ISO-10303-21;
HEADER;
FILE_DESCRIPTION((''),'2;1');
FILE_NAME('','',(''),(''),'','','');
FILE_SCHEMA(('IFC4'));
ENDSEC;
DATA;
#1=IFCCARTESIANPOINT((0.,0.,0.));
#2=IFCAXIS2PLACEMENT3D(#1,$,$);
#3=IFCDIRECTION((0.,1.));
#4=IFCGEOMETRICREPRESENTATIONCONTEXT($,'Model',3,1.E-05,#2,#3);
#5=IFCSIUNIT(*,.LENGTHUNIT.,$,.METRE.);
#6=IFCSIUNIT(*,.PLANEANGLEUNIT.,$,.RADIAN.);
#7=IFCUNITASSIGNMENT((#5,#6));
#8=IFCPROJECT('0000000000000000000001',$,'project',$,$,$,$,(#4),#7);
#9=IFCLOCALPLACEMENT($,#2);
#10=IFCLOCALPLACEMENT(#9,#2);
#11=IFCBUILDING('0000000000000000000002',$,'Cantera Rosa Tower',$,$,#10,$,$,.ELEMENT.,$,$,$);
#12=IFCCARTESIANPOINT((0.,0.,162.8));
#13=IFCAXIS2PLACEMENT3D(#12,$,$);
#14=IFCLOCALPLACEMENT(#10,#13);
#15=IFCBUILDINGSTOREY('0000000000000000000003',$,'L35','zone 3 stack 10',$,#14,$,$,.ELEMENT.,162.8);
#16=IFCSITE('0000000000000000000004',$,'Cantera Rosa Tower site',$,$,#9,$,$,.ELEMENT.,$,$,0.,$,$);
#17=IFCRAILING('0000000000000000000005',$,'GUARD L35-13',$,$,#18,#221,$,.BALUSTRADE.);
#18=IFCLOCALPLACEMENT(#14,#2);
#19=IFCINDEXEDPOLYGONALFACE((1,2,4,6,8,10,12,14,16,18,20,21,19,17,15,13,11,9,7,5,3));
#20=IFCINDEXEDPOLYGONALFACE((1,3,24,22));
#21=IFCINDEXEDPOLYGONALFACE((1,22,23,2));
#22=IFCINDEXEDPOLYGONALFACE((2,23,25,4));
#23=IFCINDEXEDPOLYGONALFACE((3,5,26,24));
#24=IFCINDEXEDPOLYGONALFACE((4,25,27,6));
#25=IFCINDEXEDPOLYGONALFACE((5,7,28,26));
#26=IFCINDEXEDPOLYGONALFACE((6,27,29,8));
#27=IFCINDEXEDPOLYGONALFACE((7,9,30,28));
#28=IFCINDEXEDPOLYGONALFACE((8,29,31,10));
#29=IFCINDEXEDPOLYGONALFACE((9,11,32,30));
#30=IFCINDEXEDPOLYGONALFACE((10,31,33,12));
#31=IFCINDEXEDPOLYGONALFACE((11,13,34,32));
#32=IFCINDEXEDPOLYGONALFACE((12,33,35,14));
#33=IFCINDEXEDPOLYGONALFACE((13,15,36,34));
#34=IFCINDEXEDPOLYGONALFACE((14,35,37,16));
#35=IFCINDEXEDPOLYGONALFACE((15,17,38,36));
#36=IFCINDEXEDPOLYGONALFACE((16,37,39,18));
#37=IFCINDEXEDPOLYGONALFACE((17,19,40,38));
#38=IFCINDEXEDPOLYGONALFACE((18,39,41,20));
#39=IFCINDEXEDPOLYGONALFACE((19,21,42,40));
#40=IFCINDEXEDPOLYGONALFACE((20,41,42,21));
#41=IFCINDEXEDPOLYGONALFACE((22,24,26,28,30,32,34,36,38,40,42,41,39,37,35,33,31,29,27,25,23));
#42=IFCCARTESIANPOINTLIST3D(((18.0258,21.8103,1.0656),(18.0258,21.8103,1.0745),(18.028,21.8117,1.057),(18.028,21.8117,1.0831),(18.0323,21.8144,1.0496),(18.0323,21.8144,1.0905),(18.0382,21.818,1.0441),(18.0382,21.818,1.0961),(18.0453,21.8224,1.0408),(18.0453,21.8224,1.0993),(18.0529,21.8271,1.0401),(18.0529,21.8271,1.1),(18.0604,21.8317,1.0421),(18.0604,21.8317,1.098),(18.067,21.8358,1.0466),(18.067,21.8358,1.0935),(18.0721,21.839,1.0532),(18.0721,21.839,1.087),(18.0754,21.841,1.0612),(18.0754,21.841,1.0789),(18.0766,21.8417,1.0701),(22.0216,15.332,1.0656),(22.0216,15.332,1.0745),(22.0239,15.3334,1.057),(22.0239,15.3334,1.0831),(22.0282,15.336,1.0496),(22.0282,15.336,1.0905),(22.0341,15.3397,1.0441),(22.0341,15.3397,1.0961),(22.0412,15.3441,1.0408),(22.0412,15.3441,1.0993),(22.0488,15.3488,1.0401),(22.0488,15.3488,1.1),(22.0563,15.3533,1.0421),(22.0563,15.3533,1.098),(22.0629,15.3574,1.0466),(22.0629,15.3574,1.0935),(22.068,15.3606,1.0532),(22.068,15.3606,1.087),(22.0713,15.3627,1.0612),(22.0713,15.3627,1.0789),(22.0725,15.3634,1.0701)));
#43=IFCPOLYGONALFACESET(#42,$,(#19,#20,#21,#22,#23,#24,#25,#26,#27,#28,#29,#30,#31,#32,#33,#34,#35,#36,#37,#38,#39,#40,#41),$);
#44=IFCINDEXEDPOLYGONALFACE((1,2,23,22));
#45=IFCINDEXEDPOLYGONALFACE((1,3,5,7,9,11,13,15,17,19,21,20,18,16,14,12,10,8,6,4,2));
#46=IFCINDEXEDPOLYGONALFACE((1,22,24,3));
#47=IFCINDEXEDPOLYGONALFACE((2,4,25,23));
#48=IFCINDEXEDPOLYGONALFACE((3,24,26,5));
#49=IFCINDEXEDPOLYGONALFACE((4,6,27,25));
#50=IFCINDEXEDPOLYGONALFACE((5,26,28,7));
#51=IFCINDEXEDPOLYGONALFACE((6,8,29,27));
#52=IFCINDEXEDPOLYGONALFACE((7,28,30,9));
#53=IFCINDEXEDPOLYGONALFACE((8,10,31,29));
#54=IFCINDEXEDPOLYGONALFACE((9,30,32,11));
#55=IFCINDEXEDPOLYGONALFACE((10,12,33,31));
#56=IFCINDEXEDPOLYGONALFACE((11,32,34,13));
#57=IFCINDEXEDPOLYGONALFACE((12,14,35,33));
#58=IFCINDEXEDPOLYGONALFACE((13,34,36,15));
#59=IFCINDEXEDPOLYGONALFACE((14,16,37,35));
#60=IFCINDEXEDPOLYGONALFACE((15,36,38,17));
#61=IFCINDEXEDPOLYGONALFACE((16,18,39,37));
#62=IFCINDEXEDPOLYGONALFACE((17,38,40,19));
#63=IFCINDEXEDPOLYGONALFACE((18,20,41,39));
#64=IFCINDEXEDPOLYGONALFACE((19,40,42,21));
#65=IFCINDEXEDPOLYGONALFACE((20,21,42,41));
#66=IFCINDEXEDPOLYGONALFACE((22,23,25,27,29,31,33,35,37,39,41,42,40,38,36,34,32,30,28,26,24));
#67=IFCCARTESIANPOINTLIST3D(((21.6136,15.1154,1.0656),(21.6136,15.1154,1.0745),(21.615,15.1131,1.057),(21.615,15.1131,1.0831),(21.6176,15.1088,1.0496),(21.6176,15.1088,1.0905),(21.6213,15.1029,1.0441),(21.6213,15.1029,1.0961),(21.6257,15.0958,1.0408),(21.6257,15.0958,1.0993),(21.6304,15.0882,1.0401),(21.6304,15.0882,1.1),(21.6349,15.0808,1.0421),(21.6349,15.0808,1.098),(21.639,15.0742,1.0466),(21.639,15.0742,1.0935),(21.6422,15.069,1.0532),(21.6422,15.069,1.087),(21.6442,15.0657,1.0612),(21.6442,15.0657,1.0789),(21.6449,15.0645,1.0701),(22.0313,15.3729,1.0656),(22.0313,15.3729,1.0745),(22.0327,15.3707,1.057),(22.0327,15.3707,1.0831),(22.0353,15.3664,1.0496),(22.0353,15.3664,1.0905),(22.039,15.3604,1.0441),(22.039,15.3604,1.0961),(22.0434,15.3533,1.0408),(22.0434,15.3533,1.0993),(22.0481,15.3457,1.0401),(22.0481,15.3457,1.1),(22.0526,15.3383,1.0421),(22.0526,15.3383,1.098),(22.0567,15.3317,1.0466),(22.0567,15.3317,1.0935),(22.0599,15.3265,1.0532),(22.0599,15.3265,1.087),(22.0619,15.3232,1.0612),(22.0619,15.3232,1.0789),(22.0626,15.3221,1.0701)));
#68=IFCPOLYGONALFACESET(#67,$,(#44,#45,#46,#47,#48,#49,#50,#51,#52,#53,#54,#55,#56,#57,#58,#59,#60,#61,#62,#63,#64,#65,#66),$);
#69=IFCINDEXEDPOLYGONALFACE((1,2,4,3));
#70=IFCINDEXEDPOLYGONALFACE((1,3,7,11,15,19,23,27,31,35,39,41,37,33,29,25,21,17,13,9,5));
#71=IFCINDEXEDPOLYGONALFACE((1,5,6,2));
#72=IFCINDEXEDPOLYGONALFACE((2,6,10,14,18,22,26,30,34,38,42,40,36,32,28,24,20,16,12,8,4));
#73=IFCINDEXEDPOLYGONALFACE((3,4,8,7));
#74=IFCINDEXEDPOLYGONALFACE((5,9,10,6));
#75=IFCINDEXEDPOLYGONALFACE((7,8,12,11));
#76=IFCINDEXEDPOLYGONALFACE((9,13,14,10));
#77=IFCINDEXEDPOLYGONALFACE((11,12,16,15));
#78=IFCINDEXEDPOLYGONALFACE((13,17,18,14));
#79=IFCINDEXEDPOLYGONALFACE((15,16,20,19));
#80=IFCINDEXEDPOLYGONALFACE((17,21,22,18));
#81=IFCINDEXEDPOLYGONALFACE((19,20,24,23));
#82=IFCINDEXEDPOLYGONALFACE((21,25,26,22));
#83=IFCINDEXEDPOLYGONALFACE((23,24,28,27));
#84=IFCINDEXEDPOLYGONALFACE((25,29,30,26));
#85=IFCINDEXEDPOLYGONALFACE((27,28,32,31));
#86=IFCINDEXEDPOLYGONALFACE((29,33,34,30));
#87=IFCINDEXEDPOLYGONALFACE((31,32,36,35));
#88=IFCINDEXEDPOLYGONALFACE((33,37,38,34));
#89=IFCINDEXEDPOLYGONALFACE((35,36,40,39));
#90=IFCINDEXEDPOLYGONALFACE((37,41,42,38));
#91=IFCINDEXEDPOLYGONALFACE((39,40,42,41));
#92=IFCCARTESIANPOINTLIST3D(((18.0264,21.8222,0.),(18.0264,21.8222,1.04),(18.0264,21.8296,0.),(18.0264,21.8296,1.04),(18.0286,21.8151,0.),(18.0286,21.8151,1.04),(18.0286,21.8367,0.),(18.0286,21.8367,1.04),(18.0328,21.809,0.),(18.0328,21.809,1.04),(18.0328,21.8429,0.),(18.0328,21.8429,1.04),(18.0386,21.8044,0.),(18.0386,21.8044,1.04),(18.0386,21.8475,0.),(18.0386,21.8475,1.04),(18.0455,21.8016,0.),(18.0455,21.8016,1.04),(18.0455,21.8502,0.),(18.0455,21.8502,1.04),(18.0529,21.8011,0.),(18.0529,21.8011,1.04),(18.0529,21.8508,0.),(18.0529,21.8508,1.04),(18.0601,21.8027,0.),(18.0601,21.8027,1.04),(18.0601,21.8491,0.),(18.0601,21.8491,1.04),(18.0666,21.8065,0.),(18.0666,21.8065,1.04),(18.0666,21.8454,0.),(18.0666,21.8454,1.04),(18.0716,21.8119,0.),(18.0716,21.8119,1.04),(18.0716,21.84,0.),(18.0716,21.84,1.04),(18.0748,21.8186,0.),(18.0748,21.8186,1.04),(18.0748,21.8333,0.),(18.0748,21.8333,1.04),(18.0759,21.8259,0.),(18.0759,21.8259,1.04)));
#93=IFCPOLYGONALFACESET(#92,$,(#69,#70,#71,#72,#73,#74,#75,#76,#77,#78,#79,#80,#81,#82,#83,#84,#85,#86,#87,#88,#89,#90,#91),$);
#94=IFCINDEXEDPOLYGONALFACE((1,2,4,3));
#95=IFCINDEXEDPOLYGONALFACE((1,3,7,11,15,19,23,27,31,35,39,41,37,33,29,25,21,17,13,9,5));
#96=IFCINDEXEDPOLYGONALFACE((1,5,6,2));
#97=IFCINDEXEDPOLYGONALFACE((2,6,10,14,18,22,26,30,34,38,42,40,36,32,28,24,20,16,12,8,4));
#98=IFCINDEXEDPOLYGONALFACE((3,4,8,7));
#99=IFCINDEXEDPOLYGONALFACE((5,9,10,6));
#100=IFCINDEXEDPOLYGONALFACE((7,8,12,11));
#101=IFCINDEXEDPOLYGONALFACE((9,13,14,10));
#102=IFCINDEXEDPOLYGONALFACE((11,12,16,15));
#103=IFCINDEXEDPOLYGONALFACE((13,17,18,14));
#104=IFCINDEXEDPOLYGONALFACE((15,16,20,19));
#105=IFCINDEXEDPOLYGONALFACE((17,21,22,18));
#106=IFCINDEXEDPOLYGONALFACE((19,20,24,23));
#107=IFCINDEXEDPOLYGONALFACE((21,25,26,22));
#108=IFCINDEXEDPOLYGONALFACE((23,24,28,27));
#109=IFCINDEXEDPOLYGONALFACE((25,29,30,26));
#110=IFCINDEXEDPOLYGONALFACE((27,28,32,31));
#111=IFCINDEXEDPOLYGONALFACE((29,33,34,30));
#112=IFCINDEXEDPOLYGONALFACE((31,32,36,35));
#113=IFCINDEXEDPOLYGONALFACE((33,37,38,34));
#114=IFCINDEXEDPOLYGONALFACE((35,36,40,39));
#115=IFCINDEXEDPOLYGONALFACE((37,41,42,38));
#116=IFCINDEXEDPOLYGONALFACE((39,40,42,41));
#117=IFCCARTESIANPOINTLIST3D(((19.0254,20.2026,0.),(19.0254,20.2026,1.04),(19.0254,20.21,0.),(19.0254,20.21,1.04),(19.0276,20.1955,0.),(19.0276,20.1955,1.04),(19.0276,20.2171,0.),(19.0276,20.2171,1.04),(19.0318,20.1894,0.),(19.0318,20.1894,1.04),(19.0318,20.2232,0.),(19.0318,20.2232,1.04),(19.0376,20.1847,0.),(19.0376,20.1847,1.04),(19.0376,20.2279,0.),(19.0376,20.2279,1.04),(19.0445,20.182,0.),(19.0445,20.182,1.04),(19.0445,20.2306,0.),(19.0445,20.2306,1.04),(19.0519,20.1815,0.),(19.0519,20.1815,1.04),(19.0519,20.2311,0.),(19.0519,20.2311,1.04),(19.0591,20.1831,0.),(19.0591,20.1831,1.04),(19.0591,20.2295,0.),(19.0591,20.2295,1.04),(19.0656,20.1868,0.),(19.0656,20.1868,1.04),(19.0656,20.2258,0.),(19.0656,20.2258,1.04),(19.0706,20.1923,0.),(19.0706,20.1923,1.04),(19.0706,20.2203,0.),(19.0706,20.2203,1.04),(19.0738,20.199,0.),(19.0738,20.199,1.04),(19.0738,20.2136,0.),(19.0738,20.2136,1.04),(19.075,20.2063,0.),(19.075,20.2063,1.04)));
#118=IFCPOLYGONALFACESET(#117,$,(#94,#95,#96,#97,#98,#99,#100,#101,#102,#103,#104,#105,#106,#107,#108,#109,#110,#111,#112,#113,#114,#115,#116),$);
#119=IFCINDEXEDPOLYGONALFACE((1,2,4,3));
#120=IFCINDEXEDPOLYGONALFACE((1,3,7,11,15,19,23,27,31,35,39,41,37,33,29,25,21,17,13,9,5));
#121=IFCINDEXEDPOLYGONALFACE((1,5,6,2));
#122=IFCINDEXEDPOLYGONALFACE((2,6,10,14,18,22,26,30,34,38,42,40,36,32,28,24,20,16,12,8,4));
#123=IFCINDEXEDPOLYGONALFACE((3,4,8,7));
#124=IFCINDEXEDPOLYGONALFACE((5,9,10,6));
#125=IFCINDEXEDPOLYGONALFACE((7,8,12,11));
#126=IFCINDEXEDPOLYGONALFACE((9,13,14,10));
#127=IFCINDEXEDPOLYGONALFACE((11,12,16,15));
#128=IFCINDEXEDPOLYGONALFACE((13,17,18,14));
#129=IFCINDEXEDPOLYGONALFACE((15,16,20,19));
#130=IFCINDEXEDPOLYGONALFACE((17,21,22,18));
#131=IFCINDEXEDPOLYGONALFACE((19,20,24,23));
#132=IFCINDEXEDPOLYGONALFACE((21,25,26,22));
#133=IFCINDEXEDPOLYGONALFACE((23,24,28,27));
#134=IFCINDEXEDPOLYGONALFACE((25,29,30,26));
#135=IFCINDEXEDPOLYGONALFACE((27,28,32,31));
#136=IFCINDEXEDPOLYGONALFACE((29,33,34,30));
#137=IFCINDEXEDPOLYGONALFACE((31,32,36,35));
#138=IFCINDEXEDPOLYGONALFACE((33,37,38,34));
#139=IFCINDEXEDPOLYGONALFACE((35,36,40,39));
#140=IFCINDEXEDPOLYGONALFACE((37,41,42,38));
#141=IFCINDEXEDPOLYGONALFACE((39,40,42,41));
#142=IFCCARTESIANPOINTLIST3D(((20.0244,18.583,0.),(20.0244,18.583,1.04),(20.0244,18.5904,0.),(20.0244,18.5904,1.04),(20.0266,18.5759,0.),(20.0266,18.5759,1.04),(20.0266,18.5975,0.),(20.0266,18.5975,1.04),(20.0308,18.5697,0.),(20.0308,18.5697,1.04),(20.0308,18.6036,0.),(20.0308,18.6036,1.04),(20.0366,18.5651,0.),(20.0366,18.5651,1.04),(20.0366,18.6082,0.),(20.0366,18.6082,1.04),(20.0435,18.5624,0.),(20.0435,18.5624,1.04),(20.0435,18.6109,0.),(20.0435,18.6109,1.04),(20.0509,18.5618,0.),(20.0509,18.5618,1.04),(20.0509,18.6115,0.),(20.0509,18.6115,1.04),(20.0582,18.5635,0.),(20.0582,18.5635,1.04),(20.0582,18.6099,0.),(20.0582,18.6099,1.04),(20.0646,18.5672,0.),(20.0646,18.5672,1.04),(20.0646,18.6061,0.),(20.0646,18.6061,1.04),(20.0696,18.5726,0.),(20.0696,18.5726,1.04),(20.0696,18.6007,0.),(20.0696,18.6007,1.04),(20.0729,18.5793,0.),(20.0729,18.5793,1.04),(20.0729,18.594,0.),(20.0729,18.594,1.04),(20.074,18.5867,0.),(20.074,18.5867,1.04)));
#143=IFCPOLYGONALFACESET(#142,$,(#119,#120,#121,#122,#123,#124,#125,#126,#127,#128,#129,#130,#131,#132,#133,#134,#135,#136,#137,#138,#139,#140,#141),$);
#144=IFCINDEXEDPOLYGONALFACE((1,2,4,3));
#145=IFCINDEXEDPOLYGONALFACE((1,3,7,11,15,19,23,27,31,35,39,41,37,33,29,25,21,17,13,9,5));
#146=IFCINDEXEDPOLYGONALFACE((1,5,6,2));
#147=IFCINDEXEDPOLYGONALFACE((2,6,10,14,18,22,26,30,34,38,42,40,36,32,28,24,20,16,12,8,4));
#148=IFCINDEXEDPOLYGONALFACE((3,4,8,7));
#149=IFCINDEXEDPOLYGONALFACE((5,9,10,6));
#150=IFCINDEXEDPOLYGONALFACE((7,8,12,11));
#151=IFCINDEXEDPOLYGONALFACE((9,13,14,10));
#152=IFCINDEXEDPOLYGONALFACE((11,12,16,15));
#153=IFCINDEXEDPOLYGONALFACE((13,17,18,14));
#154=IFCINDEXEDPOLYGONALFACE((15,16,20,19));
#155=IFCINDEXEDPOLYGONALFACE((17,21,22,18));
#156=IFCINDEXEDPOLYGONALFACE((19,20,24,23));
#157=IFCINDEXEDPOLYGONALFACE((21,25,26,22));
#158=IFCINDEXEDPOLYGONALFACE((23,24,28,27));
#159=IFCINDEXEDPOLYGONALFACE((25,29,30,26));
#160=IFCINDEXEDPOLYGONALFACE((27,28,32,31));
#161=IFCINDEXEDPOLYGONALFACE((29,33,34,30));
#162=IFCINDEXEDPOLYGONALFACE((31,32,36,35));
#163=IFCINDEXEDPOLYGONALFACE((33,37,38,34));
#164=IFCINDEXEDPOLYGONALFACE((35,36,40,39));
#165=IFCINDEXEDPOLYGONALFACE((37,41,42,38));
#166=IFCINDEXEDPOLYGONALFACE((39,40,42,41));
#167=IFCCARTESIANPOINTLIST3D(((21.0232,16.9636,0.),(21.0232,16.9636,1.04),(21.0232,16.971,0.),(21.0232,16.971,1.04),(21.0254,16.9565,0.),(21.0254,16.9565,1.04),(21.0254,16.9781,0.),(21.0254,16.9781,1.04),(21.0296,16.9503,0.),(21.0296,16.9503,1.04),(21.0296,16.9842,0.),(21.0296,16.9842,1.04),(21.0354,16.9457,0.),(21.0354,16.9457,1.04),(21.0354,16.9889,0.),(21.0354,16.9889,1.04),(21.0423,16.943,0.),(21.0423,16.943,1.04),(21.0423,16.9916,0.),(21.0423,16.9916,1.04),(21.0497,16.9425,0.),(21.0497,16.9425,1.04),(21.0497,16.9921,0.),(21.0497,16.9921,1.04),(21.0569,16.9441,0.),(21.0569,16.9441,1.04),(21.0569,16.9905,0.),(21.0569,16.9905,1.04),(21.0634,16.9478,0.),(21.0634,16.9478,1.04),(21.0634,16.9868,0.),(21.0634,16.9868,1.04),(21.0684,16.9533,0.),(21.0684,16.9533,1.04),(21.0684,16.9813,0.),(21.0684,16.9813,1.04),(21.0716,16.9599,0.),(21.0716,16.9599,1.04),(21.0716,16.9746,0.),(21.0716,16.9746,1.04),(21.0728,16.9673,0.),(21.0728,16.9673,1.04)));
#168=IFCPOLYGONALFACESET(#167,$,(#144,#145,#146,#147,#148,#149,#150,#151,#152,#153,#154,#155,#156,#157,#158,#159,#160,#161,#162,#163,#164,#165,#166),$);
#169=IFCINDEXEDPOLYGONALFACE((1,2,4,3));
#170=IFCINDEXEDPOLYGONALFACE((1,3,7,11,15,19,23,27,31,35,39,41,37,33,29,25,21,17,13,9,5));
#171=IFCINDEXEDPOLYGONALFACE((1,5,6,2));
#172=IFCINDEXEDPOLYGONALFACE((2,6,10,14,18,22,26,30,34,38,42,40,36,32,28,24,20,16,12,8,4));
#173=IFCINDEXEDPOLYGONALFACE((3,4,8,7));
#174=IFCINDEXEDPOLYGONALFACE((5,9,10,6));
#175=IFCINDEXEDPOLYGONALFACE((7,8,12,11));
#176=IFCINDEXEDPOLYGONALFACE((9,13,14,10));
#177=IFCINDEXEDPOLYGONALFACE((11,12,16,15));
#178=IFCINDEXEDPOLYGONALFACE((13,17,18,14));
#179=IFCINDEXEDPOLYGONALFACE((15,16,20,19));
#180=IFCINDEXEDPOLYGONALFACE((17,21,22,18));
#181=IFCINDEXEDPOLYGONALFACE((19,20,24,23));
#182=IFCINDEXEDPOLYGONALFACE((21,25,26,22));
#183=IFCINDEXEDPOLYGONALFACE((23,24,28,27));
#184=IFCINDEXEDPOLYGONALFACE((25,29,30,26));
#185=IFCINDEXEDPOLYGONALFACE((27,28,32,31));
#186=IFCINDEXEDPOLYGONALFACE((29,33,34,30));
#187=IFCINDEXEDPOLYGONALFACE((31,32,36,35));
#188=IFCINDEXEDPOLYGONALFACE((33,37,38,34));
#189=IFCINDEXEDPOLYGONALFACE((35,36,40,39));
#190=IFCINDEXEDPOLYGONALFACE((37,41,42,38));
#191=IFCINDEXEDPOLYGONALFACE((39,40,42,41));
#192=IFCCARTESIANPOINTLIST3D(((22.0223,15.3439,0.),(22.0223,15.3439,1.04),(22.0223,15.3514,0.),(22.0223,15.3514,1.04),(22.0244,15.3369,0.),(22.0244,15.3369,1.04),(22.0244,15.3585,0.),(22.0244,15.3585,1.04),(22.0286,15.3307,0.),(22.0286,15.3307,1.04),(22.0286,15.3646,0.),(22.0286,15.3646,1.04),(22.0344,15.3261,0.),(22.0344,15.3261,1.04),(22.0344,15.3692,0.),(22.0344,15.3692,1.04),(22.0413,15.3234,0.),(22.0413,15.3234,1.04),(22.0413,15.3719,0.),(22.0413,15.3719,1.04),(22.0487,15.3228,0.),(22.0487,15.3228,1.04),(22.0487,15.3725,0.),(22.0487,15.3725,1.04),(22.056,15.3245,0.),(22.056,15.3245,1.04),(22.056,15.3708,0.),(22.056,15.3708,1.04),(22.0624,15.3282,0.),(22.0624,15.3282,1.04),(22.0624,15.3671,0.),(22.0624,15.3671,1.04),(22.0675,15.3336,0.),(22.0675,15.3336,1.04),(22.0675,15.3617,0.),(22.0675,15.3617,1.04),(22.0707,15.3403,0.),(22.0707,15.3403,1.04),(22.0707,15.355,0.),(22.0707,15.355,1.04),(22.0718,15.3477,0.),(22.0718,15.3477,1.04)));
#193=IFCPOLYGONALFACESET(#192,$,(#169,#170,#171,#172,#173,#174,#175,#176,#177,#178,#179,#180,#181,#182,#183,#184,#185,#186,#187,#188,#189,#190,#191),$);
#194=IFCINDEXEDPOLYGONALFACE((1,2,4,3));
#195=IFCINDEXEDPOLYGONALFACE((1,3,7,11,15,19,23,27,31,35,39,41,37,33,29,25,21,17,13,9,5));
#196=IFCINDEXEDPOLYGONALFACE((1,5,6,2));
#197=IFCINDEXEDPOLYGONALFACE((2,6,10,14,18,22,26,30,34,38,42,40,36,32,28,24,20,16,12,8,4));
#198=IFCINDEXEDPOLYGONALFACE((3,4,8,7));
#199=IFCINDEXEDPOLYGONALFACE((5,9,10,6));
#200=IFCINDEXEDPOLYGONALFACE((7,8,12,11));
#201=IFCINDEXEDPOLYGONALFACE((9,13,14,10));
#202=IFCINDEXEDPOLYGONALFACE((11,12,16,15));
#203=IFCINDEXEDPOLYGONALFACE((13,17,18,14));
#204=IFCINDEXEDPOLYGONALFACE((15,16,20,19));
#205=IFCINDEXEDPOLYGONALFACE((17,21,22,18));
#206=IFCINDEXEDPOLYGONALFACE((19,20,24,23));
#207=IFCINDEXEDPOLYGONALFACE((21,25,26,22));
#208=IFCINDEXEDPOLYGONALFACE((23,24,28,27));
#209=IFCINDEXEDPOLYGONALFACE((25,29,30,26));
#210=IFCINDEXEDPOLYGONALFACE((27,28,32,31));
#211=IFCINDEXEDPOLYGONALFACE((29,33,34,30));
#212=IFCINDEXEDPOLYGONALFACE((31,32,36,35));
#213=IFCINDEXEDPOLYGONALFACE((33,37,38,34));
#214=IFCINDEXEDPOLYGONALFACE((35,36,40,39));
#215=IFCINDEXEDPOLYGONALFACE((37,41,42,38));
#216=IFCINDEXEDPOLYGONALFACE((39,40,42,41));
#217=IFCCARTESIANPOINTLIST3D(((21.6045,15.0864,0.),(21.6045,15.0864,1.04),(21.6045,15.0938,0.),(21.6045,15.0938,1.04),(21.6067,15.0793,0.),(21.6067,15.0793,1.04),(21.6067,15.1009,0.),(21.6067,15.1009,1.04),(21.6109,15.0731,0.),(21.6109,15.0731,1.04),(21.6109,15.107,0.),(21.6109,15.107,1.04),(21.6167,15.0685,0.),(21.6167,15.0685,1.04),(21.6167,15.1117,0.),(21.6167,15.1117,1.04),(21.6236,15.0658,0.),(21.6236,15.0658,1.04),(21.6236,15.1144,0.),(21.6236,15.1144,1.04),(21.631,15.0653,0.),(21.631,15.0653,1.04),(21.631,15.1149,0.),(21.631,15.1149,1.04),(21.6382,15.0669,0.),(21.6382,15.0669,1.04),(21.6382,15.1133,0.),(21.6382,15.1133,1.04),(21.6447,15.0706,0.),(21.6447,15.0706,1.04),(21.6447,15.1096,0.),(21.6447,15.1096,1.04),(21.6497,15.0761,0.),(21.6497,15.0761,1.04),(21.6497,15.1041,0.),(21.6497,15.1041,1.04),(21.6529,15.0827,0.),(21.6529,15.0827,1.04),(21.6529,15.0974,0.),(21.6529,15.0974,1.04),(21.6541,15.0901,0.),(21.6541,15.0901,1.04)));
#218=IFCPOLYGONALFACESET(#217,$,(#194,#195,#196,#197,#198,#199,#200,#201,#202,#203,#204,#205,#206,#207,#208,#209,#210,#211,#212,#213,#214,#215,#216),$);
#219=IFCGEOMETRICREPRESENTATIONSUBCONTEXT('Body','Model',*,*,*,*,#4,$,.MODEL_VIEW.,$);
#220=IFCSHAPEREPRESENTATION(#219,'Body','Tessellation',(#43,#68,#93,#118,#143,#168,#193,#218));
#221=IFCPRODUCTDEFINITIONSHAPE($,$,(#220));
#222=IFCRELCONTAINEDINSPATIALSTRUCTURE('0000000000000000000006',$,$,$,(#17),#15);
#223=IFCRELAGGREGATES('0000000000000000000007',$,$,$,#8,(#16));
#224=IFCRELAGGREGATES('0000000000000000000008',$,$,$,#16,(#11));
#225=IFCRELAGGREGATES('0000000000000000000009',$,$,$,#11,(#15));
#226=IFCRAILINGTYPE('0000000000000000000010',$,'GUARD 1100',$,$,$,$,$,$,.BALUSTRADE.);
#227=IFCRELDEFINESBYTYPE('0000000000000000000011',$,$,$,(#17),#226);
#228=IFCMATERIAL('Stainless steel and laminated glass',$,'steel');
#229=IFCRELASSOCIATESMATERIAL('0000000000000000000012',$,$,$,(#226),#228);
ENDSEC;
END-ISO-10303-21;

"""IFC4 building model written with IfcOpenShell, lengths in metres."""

from ifc_helpers import new_model, si_unit, direction, frame, origin, origin_2d, place, context, subcontext, project, spatial, circle, extrude, material, type_object, element, save


model = new_model("IFC4")

# Units and contexts
model_context = context("Model", 3, precision=1e-05, world=origin(), true_north=direction((0.0, 1.0)))
body_context = subcontext(model_context, "Body", "Model", "MODEL_VIEW")
ifc_project = project(units=[si_unit("LENGTHUNIT", "METRE"), si_unit("PLANEANGLEUNIT", "RADIAN")], contexts=[model_context])

# Site, building, storey
site_placement = place(None, origin())
site = spatial("IfcSite", under=ifc_project, at=site_placement, Name="Cantera Rosa Tower site", CompositionType="ELEMENT", RefElevation=0.0)
building_placement = place(site_placement, origin())
building = spatial("IfcBuilding", under=site, at=building_placement, Name="Cantera Rosa Tower", CompositionType="ELEMENT")
storey_placement = place(building_placement, frame((0.0, 0.0, 162.8)))
storey = spatial("IfcBuildingStorey", under=building, at=storey_placement, Name="L35", Description="zone 3 stack 10", CompositionType="ELEMENT", Elevation=162.8)

# Railing
ifc_material_1 = material(Name="Stainless steel and laminated glass", Category="steel")
railing_type = type_object("IfcRailingType", Name="GUARD 1100", PredefinedType="BALUSTRADE", material=ifc_material_1)
railing_placement = place(storey_placement, frame((18.051, 21.8259, 0.0)))
element("IfcRailing", 1, at=railing_placement, inside=storey, type_object=railing_type, Name="GUARD L35-13", PredefinedType="BALUSTRADE", context=body_context, shape_type="SweptSolid", body=[
    extrude(circle(Radius=0.03, at=origin_2d()), frame((0.0, 0.0, 1.0701), z_axis=(0.524976, -0.851117, 0.0), x_axis=(0.851117, 0.524976, 0.0)), (0.0, 0.0, 1.0), 7.6116),
    extrude(circle(Radius=0.03, at=origin_2d()), frame((3.9958, -6.4783, 1.0701), z_axis=(-0.851197, -0.524847, 0.0), x_axis=(0.524847, -0.851197, 0.0)), (0.0, 0.0, 1.0), 0.4907),
    extrude(circle(Radius=0.0249, at=origin_2d()), origin(), (0.0, 0.0, 1.0), 1.04),
    extrude(circle(Radius=0.0249, at=origin_2d()), frame((0.999, -1.6196, 0.0)), (0.0, 0.0, 1.0), 1.04),
    extrude(circle(Radius=0.0249, at=origin_2d()), frame((1.998, -3.2393, 0.0)), (0.0, 0.0, 1.0), 1.04),
    extrude(circle(Radius=0.0249, at=origin_2d()), frame((2.9968, -4.8586, 0.0)), (0.0, 0.0, 1.0), 1.04),
    extrude(circle(Radius=0.0249, at=origin_2d()), frame((3.9958, -6.4783, 0.0)), (0.0, 0.0, 1.0), 1.04),
    extrude(circle(Radius=0.0249, at=origin_2d()), frame((3.5781, -6.7358, 0.0)), (0.0, 0.0, 1.0), 1.04),
])

save(model, "model.ifc")
